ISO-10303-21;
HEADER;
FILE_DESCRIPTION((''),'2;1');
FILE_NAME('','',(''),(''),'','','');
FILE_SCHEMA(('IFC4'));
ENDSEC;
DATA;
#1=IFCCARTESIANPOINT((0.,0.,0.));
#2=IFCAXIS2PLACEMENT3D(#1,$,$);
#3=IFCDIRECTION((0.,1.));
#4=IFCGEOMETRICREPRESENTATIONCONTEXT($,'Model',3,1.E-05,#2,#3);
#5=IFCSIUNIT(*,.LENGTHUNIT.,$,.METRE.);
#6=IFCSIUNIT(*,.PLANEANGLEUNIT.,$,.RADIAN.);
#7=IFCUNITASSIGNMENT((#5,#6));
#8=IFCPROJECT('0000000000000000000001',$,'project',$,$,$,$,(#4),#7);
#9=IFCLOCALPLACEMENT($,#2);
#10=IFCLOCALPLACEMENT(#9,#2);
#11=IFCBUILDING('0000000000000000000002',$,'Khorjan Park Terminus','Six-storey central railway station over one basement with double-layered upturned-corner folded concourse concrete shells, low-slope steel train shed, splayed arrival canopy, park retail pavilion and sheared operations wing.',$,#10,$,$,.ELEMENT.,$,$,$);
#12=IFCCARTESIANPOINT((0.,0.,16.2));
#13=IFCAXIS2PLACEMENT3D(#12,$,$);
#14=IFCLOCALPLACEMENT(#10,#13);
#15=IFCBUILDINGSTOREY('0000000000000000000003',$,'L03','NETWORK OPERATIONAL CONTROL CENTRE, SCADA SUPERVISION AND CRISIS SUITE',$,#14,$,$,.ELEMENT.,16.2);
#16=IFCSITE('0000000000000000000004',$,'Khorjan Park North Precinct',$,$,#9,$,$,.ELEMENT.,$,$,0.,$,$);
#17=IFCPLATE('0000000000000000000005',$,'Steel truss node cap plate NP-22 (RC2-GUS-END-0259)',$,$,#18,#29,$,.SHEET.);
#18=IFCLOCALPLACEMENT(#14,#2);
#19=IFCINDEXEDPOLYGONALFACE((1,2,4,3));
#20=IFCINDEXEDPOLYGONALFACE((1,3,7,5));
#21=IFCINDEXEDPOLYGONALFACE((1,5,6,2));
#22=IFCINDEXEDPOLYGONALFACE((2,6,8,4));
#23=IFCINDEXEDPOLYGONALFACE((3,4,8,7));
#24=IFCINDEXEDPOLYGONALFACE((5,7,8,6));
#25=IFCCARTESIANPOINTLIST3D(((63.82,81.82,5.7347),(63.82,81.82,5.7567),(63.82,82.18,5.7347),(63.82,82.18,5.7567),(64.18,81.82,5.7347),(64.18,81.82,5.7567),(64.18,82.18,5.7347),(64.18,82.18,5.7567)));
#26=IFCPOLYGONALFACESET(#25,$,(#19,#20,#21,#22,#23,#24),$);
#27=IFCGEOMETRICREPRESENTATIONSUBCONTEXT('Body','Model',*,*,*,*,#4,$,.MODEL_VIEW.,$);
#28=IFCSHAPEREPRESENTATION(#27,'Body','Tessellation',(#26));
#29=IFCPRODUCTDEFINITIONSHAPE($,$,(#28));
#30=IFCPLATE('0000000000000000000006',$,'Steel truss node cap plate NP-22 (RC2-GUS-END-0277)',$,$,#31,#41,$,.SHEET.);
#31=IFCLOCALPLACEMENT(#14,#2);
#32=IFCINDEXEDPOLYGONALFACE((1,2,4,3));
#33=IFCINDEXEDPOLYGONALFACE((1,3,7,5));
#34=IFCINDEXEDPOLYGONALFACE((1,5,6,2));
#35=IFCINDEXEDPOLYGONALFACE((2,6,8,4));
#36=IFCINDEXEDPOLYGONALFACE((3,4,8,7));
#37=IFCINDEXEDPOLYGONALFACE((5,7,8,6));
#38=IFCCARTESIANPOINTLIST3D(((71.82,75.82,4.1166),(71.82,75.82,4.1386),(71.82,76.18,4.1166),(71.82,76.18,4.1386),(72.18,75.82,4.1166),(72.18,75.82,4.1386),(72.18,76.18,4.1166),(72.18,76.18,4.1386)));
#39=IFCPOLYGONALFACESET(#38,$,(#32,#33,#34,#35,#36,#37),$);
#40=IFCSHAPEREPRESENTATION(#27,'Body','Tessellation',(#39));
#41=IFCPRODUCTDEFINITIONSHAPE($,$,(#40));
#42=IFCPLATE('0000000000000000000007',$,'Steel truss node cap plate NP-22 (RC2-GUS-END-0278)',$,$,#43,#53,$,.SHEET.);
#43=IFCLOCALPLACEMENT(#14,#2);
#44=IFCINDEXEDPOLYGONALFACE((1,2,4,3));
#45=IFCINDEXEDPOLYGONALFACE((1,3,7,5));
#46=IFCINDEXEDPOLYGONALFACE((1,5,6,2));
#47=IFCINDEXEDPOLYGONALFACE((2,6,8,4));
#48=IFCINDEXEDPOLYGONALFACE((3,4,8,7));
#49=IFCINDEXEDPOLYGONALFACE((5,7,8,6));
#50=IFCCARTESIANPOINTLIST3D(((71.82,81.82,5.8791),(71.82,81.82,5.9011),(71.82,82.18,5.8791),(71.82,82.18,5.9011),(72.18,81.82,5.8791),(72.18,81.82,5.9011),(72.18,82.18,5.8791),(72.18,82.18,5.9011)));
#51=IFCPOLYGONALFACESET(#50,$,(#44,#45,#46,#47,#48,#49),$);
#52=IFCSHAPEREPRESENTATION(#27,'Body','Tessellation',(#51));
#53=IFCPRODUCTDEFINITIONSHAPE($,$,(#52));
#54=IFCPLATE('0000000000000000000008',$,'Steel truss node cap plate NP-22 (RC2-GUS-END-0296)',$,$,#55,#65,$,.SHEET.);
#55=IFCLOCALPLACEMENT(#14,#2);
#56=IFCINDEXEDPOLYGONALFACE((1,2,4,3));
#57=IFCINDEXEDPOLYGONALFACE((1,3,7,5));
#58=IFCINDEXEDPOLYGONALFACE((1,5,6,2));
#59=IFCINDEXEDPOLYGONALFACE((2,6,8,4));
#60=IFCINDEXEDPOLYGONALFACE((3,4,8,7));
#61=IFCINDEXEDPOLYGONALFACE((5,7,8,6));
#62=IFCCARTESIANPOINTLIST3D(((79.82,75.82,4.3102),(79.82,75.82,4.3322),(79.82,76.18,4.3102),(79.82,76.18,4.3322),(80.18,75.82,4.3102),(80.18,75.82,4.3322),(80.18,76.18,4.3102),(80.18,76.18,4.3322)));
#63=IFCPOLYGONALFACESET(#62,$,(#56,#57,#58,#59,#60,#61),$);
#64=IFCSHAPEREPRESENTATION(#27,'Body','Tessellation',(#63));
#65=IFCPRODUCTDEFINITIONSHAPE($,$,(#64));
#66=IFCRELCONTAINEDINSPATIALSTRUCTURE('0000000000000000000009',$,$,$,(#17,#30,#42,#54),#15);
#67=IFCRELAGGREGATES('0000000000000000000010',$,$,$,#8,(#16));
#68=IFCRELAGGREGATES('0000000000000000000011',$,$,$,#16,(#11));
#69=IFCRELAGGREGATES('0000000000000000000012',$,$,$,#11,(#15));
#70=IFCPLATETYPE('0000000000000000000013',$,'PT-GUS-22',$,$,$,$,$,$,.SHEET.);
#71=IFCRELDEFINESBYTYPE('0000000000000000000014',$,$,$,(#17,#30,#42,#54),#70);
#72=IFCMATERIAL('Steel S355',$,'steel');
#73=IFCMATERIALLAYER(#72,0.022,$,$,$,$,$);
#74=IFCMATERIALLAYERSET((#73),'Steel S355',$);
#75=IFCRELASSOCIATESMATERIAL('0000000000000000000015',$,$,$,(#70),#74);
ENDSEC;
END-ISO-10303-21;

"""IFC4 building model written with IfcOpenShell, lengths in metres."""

from ifc_helpers import new_model, si_unit, direction, frame, origin, origin_2d, place, context, subcontext, project, spatial, rectangle, extrude, material, layer, layer_set, type_object, element, save


model = new_model("IFC4")

# Units and contexts
model_context = context("Model", 3, precision=1e-05, world=origin(), true_north=direction((0.0, 1.0)))
body_context = subcontext(model_context, "Body", "Model", "MODEL_VIEW")
ifc_project = project(units=[si_unit("LENGTHUNIT", "METRE"), si_unit("PLANEANGLEUNIT", "RADIAN")], contexts=[model_context])

# Site, building, storey
site_placement = place(None, origin())
site = spatial("IfcSite", under=ifc_project, at=site_placement, Name="Khorjan Park North Precinct", CompositionType="ELEMENT", RefElevation=0.0)
building_placement = place(site_placement, origin())
building = spatial("IfcBuilding", under=site, at=building_placement, Name="Khorjan Park Terminus", Description="Six-storey central railway station over one basement with double-layered upturned-corner folded concourse concrete shells, low-slope steel train shed, splayed arrival canopy, park retail pavilion and sheared operations wing.", CompositionType="ELEMENT")
storey_placement = place(building_placement, frame((0.0, 0.0, 16.2)))
storey = spatial("IfcBuildingStorey", under=building, at=storey_placement, Name="L03", Description="NETWORK OPERATIONAL CONTROL CENTRE, SCADA SUPERVISION AND CRISIS SUITE", CompositionType="ELEMENT", Elevation=16.2)

# Shared definitions
ifc_material_1 = material(Name="Steel S355", Category="steel")

# Plates
ifc_layer = layer(ifc_material_1, 0.022)
ifc_layer_set = layer_set([ifc_layer], Name="Steel S355")
plate_type = type_object("IfcPlateType", Name="PT-GUS-22", PredefinedType="SHEET", material=ifc_layer_set)
for number, where, z_axis, x_axis, name in (
    (1, (64.0, 82.0, 5.7347), (0.0, 0.0, 1.0), (1.0, 0.0, 0.0), "Steel truss node cap plate NP-22 (RC2-GUS-END-0259)"),
    (2, (72.0, 76.0, 4.1166), (0.0, 0.0, 1.0), (1.0, 0.0, 0.0), "Steel truss node cap plate NP-22 (RC2-GUS-END-0277)"),
    (3, (72.0, 82.0, 5.8791), (0.0, 0.0, 1.0), (1.0, 0.0, 0.0), "Steel truss node cap plate NP-22 (RC2-GUS-END-0278)"),
    (4, (80.0, 76.0, 4.3102), (0.0, 0.0, 1.0), (1.0, 0.0, 0.0), "Steel truss node cap plate NP-22 (RC2-GUS-END-0296)"),
):
    element("IfcPlate", number, at=place(storey_placement, frame(where, z_axis=z_axis, x_axis=x_axis)), inside=storey, type_object=plate_type, Name=name, PredefinedType="SHEET", context=body_context, shape_type="SweptSolid", body=[
        extrude(rectangle(XDim=0.36, YDim=0.36, at=origin_2d()), origin(), (0.0, 0.0, 1.0), 0.022),
    ])

save(model, "model.ifc")
